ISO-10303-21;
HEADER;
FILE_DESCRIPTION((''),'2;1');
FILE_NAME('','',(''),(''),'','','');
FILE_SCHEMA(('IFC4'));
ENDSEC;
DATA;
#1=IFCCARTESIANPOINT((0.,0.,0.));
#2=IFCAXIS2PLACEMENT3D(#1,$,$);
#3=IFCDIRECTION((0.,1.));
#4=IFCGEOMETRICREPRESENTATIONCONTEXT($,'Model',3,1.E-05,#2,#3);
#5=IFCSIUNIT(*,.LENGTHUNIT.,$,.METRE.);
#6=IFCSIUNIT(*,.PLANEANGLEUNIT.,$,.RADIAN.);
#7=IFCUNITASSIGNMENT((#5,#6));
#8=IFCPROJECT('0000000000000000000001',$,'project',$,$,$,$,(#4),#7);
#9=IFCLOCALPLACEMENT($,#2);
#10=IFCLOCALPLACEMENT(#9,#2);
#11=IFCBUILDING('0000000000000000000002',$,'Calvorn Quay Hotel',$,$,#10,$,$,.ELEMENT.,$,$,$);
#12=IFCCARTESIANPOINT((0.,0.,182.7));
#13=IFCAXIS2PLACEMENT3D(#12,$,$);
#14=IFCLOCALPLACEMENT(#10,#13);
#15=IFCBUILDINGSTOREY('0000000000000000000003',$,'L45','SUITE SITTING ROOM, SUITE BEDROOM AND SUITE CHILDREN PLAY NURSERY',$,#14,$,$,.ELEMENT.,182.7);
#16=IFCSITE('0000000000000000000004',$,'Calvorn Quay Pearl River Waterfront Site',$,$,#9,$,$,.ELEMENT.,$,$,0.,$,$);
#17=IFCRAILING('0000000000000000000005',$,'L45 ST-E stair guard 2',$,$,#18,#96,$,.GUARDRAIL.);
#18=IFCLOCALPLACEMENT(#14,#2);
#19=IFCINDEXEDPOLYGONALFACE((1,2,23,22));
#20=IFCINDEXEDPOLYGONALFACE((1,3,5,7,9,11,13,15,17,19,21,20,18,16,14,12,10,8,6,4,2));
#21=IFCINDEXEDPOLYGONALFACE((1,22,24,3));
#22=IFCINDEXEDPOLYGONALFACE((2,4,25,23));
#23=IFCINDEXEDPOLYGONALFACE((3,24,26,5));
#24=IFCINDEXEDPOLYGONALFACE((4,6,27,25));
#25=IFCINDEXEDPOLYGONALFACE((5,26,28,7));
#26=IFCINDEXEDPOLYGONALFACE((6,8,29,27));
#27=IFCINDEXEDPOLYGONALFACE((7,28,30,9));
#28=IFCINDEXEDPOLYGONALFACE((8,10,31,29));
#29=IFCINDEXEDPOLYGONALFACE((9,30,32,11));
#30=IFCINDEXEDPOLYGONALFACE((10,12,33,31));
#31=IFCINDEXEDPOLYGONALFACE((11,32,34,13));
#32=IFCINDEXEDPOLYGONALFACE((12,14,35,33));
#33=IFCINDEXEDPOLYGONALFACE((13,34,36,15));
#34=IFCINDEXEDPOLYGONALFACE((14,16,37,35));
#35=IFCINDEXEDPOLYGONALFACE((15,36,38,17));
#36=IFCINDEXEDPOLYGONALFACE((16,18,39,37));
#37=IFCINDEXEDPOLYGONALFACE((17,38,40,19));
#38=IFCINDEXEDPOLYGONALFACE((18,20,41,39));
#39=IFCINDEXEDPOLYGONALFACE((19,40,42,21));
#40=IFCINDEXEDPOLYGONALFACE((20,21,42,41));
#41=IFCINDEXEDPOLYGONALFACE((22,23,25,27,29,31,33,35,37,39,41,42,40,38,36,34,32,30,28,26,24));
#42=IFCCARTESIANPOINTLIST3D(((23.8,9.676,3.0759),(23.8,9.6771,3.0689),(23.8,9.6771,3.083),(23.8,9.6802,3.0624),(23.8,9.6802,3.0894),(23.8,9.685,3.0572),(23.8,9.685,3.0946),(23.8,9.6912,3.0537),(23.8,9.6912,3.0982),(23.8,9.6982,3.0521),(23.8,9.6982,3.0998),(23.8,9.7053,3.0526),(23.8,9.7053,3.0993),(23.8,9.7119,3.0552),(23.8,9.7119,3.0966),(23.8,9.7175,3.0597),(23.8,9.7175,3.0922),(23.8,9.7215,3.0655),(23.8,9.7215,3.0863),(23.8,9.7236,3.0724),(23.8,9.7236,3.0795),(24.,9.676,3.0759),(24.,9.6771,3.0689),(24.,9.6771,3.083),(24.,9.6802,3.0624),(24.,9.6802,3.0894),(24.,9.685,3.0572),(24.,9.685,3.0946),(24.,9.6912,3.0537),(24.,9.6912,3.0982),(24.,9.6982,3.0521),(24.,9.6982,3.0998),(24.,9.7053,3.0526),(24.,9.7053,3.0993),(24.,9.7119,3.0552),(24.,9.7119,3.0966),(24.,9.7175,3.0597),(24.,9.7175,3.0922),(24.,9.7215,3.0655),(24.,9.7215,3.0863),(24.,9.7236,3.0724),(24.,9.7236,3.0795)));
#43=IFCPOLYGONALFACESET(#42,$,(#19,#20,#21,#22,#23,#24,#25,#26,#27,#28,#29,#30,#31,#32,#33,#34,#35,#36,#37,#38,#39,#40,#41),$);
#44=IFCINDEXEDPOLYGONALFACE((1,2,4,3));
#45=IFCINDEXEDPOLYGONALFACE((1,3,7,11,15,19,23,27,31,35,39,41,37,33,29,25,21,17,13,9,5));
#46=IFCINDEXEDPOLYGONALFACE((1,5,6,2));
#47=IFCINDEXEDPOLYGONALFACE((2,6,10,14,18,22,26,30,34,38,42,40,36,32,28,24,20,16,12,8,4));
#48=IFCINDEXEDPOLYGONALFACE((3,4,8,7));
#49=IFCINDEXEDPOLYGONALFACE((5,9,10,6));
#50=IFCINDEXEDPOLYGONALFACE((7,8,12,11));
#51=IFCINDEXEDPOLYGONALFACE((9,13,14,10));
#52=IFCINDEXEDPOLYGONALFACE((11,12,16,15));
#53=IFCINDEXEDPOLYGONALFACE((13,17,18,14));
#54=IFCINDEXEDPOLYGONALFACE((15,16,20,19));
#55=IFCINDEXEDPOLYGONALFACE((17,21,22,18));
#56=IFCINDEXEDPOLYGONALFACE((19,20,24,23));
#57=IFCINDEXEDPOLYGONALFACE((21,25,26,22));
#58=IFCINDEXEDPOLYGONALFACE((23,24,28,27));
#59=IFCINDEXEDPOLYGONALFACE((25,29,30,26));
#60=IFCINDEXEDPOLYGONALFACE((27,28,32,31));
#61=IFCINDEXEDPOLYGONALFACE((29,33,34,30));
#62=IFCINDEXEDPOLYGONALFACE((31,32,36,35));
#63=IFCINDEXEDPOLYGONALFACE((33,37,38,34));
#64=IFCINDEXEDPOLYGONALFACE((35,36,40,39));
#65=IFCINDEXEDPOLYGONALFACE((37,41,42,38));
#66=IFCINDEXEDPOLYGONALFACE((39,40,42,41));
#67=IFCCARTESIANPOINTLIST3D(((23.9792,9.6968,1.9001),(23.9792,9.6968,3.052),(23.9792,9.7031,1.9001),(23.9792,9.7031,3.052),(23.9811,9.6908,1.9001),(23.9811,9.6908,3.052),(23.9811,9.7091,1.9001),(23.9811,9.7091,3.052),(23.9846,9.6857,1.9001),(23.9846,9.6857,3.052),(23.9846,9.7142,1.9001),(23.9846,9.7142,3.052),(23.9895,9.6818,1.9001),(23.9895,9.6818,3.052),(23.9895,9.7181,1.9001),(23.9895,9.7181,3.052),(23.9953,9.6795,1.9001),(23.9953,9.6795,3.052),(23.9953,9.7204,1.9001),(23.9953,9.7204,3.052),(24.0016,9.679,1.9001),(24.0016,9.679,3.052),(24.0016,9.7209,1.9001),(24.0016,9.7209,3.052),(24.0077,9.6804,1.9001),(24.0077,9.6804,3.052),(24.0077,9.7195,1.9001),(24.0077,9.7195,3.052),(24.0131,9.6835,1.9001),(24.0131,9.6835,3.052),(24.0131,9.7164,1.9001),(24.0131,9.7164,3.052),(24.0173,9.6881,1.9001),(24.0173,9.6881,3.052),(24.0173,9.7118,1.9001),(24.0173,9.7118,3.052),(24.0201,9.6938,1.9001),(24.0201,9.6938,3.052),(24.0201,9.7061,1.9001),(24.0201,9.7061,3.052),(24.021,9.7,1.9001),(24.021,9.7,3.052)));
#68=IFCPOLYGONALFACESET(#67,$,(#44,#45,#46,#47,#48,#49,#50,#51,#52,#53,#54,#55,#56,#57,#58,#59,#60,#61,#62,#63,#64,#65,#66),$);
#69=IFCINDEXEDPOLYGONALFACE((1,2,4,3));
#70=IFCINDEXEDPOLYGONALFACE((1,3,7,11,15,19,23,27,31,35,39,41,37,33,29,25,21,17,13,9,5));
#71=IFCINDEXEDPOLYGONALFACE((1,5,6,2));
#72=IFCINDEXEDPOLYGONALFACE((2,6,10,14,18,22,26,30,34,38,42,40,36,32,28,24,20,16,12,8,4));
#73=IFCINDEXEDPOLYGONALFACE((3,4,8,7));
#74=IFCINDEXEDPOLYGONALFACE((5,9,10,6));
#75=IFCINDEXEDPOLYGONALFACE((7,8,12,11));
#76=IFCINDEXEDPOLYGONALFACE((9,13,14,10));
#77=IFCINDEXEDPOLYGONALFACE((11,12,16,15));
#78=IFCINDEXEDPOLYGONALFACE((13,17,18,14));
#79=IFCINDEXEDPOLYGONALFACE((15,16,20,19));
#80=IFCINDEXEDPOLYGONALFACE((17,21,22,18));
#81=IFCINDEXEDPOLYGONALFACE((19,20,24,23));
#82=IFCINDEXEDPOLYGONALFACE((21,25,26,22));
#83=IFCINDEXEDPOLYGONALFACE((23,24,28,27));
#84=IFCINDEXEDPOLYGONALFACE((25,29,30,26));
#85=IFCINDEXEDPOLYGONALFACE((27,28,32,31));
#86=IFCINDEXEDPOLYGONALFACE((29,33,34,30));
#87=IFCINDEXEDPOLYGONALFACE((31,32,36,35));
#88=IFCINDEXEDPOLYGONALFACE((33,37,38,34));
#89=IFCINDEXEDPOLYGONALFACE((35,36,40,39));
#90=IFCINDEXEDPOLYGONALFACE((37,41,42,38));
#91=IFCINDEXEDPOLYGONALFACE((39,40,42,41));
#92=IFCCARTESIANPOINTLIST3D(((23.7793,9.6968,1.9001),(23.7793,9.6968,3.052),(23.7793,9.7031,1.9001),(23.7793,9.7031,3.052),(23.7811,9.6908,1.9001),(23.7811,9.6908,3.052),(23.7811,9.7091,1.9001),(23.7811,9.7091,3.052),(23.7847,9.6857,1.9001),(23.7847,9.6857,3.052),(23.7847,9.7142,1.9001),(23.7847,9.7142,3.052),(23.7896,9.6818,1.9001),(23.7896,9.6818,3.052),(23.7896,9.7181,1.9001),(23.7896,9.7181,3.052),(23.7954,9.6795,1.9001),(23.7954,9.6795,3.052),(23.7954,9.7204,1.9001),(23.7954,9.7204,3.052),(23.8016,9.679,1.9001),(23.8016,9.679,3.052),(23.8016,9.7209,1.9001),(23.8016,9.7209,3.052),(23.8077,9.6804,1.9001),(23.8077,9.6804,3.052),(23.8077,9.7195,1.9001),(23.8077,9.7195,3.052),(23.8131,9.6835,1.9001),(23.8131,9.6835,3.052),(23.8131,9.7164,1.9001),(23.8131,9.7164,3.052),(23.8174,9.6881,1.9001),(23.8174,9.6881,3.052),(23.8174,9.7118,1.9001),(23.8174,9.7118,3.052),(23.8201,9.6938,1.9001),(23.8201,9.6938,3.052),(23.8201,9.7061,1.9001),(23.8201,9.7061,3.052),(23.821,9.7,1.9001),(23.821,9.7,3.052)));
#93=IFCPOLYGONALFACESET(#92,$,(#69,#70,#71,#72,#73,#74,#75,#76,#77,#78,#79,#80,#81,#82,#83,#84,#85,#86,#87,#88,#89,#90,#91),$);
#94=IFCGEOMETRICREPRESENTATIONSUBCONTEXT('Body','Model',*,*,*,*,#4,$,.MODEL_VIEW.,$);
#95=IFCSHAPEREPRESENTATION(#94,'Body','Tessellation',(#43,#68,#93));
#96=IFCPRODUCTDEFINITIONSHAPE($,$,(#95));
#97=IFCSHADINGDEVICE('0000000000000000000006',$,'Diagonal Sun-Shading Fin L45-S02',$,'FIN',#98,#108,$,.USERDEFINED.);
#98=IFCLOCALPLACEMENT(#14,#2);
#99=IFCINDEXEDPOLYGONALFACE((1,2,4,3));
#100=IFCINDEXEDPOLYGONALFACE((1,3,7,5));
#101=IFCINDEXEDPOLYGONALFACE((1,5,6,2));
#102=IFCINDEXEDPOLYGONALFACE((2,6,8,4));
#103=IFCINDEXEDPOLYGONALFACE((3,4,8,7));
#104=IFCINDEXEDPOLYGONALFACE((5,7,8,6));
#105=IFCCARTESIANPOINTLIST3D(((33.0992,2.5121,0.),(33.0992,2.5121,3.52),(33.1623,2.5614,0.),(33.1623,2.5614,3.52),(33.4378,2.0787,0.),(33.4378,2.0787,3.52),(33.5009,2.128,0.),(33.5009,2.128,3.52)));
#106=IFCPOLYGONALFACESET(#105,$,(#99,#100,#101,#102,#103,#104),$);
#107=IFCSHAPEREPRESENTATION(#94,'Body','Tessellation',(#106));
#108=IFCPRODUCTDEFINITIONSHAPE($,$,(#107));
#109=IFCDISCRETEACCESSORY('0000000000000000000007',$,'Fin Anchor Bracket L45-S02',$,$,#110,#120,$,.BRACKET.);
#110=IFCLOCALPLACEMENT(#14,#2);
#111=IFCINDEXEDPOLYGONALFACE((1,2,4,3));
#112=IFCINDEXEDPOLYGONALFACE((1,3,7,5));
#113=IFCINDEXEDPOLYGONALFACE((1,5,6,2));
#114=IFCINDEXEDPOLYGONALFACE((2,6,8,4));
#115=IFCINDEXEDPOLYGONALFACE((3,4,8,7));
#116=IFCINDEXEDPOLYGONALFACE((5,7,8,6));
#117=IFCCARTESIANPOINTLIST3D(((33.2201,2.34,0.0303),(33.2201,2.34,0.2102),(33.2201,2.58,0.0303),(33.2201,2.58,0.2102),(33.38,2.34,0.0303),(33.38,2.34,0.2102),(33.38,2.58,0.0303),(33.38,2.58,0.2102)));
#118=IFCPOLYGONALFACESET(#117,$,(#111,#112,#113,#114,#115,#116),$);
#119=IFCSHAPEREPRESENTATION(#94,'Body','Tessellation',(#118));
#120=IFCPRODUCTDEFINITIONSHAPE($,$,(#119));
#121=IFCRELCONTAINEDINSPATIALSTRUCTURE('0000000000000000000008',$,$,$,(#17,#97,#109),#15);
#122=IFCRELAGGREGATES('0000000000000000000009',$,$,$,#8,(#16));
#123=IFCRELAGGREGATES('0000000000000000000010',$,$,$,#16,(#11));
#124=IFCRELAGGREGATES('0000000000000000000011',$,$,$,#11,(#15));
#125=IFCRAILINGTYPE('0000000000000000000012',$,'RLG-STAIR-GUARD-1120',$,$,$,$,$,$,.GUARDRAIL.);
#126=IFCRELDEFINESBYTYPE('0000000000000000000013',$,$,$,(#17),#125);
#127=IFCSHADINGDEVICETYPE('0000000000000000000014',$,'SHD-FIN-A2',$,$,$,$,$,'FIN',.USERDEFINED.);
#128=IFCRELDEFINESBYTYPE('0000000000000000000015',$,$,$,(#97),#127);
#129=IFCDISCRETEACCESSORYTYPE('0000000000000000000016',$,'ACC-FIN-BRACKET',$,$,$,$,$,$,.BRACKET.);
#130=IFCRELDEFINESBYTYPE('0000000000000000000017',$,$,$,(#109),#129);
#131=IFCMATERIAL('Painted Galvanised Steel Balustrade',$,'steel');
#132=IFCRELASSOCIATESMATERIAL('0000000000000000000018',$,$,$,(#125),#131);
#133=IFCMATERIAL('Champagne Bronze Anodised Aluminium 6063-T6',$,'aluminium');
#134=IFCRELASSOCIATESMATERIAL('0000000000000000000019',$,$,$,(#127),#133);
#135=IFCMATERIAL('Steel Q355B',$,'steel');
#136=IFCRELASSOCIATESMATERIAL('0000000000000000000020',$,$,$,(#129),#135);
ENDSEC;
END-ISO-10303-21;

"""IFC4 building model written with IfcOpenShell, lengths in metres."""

from ifc_helpers import new_model, si_unit, direction, frame, origin, origin_2d, place, context, subcontext, project, spatial, rectangle, circle, extrude, material, type_object, element, save


model = new_model("IFC4")

# Units and contexts
model_context = context("Model", 3, precision=1e-05, world=origin(), true_north=direction((0.0, 1.0)))
body_context = subcontext(model_context, "Body", "Model", "MODEL_VIEW")
ifc_project = project(units=[si_unit("LENGTHUNIT", "METRE"), si_unit("PLANEANGLEUNIT", "RADIAN")], contexts=[model_context])

# Site, building, storey
site_placement = place(None, origin())
site = spatial("IfcSite", under=ifc_project, at=site_placement, Name="Calvorn Quay Pearl River Waterfront Site", CompositionType="ELEMENT", RefElevation=0.0)
building_placement = place(site_placement, origin())
building = spatial("IfcBuilding", under=site, at=building_placement, Name="Calvorn Quay Hotel", CompositionType="ELEMENT")
storey_placement = place(building_placement, frame((0.0, 0.0, 182.7)))
storey = spatial("IfcBuildingStorey", under=building, at=storey_placement, Name="L45", Description="SUITE SITTING ROOM, SUITE BEDROOM AND SUITE CHILDREN PLAY NURSERY", CompositionType="ELEMENT", Elevation=182.7)

# Railing
ifc_material_1 = material(Name="Painted Galvanised Steel Balustrade", Category="steel")
railing_type_1 = type_object("IfcRailingType", Name="RLG-STAIR-GUARD-1120", PredefinedType="GUARDRAIL", material=ifc_material_1)
railing_1_placement = place(storey_placement, frame((24.0, 9.7, 1.9001)))
element("IfcRailing", 1, at=railing_1_placement, inside=storey, type_object=railing_type_1, Name="L45 ST-E stair guard 2", PredefinedType="GUARDRAIL", context=body_context, shape_type="SweptSolid", body=[
    extrude(circle(Radius=0.0239, at=origin_2d()), frame((0.0, 0.0, 1.1758), z_axis=(-1.0, 0.0, 0.0), x_axis=(0.0, -1.0, 0.0)), (0.0, 0.0, 1.0), 0.2),
    extrude(circle(Radius=0.021, at=origin_2d()), origin(), (0.0, 0.0, 1.0), 1.1519),
    extrude(circle(Radius=0.021, at=origin_2d()), frame((-0.2, 0.0, 0.0)), (0.0, 0.0, 1.0), 1.1519),
])

# Shading device
ifc_material_2 = material(Name="Champagne Bronze Anodised Aluminium 6063-T6", Category="aluminium")
shading_device_type = type_object("IfcShadingDeviceType", Name="SHD-FIN-A2", ElementType="FIN", PredefinedType="USERDEFINED", material=ifc_material_2)
shading_device_placement = place(storey_placement, frame((33.3, 2.3201, 0.0), z_axis=(0.0, 0.0, 1.0), x_axis=(-0.615661, 0.788011, 0.0)))
element("IfcShadingDevice", 2, at=shading_device_placement, inside=storey, type_object=shading_device_type, Name="Diagonal Sun-Shading Fin L45-S02", ObjectType="FIN", PredefinedType="USERDEFINED", context=body_context, shape_type="SweptSolid", body=[
    extrude(rectangle(XDim=0.55, YDim=0.0801, at=origin_2d()), origin(), (0.0, 0.0, 1.0), 3.52),
])

# Discrete accessory
ifc_material_3 = material(Name="Steel Q355B", Category="steel")
discrete_accessory_type = type_object("IfcDiscreteAccessoryType", Name="ACC-FIN-BRACKET", PredefinedType="BRACKET", material=ifc_material_3)
discrete_accessory_placement = place(storey_placement, frame((33.3, 2.46, 0.0303), z_axis=(0.0, 0.0, 1.0), x_axis=(0.0, 1.0, 0.0)))
element("IfcDiscreteAccessory", 3, at=discrete_accessory_placement, inside=storey, type_object=discrete_accessory_type, Name="Fin Anchor Bracket L45-S02", PredefinedType="BRACKET", context=body_context, shape_type="SweptSolid", body=[
    extrude(rectangle(XDim=0.24, YDim=0.1599, at=origin_2d()), origin(), (0.0, 0.0, 1.0), 0.1799),
])

save(model, "model.ifc")
